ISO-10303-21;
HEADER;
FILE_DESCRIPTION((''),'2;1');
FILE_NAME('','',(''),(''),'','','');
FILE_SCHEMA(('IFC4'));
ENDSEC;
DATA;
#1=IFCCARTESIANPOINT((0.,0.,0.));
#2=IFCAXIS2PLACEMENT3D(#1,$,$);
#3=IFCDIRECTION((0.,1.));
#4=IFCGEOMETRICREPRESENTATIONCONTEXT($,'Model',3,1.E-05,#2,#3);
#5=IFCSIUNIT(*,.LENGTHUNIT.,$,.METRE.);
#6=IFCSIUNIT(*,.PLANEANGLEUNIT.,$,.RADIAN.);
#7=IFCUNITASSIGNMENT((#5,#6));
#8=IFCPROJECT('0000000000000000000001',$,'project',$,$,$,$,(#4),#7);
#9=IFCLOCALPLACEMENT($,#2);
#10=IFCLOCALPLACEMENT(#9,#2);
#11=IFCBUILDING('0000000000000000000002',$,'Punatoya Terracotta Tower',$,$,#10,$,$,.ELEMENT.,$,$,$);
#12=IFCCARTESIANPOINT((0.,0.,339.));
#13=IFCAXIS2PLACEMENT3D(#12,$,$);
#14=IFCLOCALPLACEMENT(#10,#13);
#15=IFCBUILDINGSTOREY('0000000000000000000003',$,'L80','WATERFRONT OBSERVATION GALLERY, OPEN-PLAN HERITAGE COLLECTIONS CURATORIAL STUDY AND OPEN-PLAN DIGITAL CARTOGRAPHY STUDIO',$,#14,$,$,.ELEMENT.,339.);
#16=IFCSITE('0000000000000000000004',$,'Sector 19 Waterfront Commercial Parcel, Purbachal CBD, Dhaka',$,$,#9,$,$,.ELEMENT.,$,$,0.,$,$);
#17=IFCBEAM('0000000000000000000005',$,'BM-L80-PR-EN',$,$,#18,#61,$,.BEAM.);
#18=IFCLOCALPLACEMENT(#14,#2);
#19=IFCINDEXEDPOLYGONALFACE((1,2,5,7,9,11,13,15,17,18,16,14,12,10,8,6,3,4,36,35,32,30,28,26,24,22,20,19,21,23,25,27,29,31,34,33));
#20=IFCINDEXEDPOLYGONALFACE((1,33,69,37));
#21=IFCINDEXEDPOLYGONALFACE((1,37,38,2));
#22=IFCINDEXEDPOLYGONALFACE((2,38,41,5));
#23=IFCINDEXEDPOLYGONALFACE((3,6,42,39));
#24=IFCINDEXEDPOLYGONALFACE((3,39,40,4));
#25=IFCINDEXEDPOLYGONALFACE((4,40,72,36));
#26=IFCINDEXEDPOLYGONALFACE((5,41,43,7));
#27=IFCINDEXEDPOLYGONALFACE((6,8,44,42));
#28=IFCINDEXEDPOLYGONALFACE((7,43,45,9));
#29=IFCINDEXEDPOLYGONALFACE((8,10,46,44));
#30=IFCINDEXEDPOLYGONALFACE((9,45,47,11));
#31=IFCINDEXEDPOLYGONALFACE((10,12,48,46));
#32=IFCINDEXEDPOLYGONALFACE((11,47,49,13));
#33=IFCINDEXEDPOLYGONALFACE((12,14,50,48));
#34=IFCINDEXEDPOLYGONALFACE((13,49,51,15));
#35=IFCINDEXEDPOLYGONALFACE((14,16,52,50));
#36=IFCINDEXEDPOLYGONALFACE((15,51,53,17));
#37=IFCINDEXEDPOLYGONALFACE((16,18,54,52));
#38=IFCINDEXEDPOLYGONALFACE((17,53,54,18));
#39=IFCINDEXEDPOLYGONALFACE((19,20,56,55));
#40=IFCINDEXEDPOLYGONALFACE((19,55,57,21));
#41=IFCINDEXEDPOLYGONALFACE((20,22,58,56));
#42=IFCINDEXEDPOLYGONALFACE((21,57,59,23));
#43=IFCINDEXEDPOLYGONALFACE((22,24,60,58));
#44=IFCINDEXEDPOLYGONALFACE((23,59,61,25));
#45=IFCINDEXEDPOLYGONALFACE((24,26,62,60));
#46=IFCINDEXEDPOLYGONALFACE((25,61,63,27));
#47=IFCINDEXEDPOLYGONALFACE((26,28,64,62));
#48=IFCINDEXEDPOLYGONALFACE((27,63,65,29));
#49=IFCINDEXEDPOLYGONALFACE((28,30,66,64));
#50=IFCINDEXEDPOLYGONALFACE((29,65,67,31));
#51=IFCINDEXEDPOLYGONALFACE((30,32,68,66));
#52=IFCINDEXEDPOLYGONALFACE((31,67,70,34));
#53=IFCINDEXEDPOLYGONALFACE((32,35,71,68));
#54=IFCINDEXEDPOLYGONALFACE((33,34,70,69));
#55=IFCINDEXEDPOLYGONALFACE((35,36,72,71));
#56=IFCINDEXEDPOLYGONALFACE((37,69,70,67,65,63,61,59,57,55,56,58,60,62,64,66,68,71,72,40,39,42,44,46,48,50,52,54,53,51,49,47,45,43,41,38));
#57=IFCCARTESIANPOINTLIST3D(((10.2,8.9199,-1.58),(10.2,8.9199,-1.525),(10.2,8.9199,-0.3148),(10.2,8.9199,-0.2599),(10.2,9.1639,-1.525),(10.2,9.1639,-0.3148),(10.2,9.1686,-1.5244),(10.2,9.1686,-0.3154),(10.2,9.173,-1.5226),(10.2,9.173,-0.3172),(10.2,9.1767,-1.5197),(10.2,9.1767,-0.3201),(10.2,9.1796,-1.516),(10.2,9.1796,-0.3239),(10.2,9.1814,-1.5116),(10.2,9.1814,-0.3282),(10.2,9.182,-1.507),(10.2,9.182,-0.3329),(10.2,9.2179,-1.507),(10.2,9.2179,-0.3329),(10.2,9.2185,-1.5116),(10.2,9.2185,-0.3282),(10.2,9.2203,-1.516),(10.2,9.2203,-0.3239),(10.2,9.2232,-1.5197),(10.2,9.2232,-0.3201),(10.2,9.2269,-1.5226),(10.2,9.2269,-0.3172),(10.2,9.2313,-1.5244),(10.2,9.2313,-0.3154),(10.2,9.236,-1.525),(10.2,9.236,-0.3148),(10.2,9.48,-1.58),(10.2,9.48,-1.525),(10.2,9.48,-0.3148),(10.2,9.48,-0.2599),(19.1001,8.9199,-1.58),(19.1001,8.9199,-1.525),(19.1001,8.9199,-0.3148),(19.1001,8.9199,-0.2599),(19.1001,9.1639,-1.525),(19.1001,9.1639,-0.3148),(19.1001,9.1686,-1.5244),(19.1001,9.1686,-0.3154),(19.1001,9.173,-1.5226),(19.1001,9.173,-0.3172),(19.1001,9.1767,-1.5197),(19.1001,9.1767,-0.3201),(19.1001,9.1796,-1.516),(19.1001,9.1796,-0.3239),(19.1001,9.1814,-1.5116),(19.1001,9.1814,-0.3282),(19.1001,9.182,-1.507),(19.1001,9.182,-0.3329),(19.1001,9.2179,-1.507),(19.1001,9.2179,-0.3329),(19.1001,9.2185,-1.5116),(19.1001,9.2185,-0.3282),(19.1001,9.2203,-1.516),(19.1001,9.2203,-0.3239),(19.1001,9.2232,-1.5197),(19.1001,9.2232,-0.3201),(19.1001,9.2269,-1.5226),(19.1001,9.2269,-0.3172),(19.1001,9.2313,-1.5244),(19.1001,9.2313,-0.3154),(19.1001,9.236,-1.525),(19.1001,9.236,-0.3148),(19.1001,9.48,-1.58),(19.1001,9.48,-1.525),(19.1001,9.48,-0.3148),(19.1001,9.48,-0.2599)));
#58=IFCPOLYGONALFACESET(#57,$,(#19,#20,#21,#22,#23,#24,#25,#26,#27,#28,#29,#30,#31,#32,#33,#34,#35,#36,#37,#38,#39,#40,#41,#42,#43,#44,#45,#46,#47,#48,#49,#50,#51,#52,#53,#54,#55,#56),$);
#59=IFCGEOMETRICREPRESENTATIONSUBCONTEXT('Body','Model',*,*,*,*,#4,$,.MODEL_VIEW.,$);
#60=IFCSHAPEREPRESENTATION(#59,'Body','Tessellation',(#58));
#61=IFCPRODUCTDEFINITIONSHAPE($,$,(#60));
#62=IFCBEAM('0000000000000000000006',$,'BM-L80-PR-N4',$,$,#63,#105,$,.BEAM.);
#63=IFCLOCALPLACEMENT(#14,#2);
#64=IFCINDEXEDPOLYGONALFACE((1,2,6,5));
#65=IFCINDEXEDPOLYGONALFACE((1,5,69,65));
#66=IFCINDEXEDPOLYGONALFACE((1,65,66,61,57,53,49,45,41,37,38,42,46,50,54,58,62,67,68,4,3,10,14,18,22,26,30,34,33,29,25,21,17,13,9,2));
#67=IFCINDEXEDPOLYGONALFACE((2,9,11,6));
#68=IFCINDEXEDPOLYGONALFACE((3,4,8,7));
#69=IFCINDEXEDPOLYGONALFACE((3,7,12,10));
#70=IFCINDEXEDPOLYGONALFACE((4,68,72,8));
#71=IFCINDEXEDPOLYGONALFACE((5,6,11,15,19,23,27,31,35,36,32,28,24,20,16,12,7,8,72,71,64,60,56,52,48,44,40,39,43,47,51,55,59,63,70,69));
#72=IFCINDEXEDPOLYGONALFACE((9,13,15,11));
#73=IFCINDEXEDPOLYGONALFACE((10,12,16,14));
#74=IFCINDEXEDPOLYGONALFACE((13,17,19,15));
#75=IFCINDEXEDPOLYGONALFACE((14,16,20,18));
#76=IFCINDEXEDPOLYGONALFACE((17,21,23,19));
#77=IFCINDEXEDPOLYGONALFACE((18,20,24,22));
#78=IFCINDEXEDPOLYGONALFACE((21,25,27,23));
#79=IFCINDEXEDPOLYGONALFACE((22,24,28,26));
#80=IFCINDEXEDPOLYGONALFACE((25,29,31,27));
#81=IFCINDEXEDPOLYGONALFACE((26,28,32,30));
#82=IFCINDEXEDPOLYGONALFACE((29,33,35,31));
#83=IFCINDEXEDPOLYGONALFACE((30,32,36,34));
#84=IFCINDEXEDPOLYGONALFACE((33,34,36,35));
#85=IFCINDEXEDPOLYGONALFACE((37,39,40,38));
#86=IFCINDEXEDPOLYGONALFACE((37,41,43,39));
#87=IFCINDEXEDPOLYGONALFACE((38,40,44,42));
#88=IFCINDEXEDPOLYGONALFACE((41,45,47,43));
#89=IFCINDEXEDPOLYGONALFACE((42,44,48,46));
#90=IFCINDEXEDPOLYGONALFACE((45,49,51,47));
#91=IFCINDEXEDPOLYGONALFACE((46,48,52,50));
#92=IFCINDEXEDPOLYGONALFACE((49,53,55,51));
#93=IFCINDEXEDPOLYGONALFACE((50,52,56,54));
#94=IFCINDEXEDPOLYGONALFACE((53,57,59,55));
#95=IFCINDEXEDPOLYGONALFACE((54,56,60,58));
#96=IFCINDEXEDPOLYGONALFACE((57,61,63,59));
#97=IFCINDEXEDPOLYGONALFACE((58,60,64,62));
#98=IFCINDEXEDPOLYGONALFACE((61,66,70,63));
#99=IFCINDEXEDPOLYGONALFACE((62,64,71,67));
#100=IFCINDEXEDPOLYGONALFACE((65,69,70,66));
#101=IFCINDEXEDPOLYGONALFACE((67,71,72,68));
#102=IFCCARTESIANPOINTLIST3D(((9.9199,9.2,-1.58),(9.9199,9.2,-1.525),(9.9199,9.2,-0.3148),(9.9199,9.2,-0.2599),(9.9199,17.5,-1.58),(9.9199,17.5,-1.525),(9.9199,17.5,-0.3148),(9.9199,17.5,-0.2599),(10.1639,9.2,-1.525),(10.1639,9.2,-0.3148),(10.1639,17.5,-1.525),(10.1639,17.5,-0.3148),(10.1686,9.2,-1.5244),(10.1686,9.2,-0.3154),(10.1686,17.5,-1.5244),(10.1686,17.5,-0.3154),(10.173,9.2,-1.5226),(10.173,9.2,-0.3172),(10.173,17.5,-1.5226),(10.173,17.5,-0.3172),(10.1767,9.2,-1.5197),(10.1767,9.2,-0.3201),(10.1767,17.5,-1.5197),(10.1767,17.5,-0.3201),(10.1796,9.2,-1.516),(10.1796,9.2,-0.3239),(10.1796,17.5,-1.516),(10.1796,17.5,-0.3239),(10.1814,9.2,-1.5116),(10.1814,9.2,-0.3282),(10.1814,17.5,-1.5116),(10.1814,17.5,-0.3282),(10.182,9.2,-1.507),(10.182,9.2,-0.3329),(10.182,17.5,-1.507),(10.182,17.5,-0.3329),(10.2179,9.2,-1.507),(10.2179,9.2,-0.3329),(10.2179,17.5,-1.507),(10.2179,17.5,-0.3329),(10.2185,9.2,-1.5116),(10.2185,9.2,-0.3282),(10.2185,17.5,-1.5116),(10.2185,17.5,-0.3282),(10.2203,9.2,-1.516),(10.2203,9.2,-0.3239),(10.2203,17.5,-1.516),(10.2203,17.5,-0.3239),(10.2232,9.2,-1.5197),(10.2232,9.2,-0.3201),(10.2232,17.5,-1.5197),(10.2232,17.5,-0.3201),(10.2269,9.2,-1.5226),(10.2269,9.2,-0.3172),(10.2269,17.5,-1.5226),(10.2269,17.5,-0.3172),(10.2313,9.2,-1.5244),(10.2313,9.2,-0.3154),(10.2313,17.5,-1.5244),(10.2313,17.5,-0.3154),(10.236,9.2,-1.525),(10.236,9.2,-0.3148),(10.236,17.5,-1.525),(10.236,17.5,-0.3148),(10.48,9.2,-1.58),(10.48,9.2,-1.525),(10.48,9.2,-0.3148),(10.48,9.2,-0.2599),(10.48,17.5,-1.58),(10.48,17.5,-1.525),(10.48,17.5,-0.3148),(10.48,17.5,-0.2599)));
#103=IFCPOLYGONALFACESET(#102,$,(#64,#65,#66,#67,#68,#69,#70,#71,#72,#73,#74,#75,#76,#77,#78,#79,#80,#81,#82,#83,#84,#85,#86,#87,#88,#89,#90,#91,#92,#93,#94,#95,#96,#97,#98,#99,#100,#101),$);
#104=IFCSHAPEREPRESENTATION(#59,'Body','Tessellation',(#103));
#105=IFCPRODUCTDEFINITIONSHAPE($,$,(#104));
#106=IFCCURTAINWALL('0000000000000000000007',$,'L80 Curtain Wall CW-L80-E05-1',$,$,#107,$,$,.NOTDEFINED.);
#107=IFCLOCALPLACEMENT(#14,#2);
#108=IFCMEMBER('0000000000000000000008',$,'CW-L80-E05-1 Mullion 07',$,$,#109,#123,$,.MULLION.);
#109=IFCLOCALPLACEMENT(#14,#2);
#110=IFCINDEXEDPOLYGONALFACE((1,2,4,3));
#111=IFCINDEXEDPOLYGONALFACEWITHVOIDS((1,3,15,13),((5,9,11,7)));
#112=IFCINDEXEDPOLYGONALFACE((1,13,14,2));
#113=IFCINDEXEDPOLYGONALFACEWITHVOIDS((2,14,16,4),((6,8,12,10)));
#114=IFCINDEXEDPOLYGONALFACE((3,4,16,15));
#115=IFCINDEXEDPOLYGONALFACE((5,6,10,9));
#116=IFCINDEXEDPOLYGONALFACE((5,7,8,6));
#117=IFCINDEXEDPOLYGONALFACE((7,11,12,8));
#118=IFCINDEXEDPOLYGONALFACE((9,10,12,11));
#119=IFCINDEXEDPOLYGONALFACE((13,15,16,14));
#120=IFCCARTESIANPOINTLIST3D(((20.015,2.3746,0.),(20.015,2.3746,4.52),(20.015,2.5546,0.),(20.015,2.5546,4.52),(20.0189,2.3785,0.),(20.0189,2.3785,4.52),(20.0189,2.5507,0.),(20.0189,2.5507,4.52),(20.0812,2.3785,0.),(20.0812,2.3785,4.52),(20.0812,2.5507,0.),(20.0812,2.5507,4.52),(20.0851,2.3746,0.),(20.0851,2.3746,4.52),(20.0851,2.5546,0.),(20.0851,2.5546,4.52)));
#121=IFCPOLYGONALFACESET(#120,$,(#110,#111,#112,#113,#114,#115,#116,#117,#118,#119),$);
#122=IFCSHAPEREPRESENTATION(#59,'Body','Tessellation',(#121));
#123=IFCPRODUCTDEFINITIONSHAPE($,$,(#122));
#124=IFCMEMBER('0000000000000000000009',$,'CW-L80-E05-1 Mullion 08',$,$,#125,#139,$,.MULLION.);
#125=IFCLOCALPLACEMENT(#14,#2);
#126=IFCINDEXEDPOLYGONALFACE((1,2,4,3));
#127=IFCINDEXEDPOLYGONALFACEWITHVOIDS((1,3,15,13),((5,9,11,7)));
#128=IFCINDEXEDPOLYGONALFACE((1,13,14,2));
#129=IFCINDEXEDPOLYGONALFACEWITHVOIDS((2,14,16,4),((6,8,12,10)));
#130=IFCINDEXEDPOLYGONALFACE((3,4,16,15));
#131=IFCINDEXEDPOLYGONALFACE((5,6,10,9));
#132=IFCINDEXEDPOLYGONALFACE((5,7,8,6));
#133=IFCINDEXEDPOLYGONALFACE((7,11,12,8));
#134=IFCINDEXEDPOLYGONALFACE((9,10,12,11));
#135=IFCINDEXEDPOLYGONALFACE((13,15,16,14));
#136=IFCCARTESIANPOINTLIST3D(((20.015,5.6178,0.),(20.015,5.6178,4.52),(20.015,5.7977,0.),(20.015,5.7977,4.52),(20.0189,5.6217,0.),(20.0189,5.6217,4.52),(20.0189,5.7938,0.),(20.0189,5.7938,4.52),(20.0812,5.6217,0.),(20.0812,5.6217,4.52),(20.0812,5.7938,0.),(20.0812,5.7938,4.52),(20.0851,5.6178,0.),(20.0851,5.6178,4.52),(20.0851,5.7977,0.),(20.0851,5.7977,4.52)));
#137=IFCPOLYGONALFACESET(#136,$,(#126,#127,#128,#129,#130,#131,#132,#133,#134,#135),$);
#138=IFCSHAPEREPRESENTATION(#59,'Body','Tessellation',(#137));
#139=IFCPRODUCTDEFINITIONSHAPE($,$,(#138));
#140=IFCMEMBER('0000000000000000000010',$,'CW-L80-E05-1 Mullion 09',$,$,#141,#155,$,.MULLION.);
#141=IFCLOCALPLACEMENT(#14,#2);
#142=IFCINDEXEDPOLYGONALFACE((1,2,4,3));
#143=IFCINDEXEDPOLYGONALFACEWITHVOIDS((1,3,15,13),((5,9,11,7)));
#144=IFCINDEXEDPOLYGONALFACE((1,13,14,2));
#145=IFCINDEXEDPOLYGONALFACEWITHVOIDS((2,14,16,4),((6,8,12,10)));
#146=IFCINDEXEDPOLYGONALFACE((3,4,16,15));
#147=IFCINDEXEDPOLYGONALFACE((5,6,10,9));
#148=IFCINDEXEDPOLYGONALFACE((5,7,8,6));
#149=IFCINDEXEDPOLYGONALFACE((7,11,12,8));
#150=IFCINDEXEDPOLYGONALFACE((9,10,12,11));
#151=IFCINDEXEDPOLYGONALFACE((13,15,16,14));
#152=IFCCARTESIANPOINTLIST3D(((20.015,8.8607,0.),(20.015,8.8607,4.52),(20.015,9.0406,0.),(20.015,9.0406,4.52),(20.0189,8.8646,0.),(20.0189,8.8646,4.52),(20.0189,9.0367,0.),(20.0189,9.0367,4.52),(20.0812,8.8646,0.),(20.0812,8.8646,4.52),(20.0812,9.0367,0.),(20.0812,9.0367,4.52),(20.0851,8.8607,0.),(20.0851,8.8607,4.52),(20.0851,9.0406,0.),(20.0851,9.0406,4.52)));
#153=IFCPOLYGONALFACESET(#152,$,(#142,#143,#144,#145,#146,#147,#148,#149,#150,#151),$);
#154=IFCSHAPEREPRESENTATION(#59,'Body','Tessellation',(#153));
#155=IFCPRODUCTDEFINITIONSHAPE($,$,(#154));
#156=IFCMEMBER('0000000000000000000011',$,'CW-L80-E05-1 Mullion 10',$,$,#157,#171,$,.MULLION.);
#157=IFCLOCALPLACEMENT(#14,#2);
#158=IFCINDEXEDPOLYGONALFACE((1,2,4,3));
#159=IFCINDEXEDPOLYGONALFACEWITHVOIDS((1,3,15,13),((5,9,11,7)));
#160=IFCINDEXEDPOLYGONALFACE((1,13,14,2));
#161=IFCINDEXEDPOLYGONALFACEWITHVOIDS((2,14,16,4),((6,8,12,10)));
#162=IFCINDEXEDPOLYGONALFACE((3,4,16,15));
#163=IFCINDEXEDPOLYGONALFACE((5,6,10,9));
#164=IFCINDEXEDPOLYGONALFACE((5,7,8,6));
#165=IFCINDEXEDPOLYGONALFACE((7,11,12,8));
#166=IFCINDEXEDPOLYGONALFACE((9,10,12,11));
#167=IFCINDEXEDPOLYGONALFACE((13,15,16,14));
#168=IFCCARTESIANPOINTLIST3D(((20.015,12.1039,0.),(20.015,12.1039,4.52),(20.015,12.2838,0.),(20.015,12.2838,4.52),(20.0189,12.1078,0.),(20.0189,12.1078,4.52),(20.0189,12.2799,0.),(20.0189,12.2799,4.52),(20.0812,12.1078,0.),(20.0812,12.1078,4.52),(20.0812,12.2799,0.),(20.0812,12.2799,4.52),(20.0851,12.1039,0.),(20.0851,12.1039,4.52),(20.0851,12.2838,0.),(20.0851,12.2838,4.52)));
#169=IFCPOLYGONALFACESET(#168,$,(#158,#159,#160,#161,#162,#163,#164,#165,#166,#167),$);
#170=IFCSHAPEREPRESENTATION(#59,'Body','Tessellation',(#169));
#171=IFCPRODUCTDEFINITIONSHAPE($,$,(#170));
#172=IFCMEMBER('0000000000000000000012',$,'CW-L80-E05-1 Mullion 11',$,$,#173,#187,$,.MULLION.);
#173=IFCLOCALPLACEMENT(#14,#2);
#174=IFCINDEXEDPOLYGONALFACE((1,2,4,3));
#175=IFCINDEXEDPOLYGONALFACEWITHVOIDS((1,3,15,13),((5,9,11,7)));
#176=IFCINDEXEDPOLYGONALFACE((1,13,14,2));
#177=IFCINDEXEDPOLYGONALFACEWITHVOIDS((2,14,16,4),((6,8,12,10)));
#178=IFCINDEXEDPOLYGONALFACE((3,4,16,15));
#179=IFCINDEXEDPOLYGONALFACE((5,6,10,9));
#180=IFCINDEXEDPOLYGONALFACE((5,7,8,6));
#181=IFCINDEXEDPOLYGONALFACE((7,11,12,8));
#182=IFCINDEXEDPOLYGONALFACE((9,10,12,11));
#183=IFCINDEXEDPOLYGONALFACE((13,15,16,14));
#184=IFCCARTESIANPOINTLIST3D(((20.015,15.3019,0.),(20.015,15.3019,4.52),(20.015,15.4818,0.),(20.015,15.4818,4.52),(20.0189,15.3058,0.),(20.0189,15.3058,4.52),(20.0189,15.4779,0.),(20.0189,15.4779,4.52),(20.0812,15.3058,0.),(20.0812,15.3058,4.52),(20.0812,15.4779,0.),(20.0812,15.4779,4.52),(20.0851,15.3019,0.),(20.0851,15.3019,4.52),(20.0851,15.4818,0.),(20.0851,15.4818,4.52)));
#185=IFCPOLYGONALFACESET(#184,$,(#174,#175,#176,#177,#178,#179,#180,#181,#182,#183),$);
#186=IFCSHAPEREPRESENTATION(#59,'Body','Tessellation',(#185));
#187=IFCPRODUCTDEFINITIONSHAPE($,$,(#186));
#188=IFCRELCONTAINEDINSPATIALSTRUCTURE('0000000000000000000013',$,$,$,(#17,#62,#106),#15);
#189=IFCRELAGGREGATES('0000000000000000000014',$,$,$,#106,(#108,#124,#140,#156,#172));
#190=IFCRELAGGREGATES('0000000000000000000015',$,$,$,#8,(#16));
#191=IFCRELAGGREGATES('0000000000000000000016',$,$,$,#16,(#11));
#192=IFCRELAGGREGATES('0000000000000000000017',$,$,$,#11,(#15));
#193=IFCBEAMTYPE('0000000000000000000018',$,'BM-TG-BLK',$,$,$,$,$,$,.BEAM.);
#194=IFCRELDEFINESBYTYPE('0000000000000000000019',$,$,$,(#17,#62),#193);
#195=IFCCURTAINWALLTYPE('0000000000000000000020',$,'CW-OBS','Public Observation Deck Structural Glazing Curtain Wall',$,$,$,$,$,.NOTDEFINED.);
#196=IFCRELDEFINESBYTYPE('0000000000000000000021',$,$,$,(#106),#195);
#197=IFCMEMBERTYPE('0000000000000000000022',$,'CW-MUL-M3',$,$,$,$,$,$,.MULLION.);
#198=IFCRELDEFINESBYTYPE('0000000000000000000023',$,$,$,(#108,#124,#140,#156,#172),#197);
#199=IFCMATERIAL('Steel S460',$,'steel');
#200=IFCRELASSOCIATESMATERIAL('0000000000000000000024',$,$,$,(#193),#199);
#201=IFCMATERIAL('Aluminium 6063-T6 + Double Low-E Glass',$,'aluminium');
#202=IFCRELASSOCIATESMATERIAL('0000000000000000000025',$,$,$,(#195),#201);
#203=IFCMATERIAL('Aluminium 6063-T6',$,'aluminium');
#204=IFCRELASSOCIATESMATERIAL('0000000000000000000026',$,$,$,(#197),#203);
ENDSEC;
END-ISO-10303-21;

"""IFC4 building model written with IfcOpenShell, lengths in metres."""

from ifc_helpers import new_model, si_unit, direction, frame, origin, origin_2d, place, context, subcontext, project, spatial, hollow_rectangle, i_section, extrude, material, material_profile, profile_set, type_object, element, aggregate, save


model = new_model("IFC4")

# Units and contexts
model_context = context("Model", 3, precision=1e-05, world=origin(), true_north=direction((0.0, 1.0)))
body_context = subcontext(model_context, "Body", "Model", "MODEL_VIEW")
ifc_project = project(units=[si_unit("LENGTHUNIT", "METRE"), si_unit("PLANEANGLEUNIT", "RADIAN")], contexts=[model_context])

# Site, building, storey
site_placement = place(None, origin())
site = spatial("IfcSite", under=ifc_project, at=site_placement, Name="Sector 19 Waterfront Commercial Parcel, Purbachal CBD, Dhaka", CompositionType="ELEMENT", RefElevation=0.0)
building_placement = place(site_placement, origin())
building = spatial("IfcBuilding", under=site, at=building_placement, Name="Punatoya Terracotta Tower", CompositionType="ELEMENT")
storey_placement = place(building_placement, frame((0.0, 0.0, 339.0)))
storey = spatial("IfcBuildingStorey", under=building, at=storey_placement, Name="L80", Description="WATERFRONT OBSERVATION GALLERY, OPEN-PLAN HERITAGE COLLECTIONS CURATORIAL STUDY AND OPEN-PLAN DIGITAL CARTOGRAPHY STUDIO", CompositionType="ELEMENT", Elevation=339.0)

# Shared definitions
ifc_material_1 = material(Name="Steel S460", Category="steel")

# Beams
ifc_material_profile_1 = material_profile(ifc_material_1, i_section(OverallWidth=0.5601, OverallDepth=1.3201, WebThickness=0.0359, FlangeThickness=0.0549, FilletRadius=0.0181, at=origin_2d()))
ifc_profile_set_1 = profile_set([ifc_material_profile_1], Name="Steel S460")
beam_type_1 = type_object("IfcBeamType", Name="BM-TG-BLK", PredefinedType="BEAM", material=ifc_profile_set_1)
beam_1_placement = place(storey_placement, frame((10.2, 9.2, -0.9199), z_axis=(1.0, 0.0, 0.0), x_axis=(0.0, 1.0, 0.0)))
element("IfcBeam", 1, at=beam_1_placement, inside=storey, type_object=beam_type_1, Name="BM-L80-PR-EN", PredefinedType="BEAM", context=body_context, shape_type="SweptSolid", body=[
    extrude(i_section(OverallWidth=0.5601, OverallDepth=1.3201, WebThickness=0.0359, FlangeThickness=0.0549, FilletRadius=0.0181, at=origin_2d()), origin(), (0.0, 0.0, 1.0), 8.9001),
])
beam_2_placement = place(storey_placement, frame((10.2, 9.2, -0.9199), z_axis=(0.0, 1.0, 0.0), x_axis=(-1.0, 0.0, 0.0)))
element("IfcBeam", 2, at=beam_2_placement, inside=storey, type_object=beam_type_1, Name="BM-L80-PR-N4", PredefinedType="BEAM", context=body_context, shape_type="SweptSolid", body=[
    extrude(i_section(OverallWidth=0.5601, OverallDepth=1.3201, WebThickness=0.0359, FlangeThickness=0.0549, FilletRadius=0.0181, at=origin_2d()), origin(), (0.0, 0.0, 1.0), 8.3),
])

# Curtain wall, members
ifc_material_2 = material(Name="Aluminium 6063-T6 + Double Low-E Glass", Category="aluminium")
curtain_wall_type = type_object("IfcCurtainWallType", Name="CW-OBS", Description="Public Observation Deck Structural Glazing Curtain Wall", PredefinedType="NOTDEFINED", material=ifc_material_2)
curtain_wall_1_placement = place(storey_placement, origin())
curtain_wall_1 = element("IfcCurtainWall", 3, at=curtain_wall_1_placement, inside=storey, type_object=curtain_wall_type, Name="L80 Curtain Wall CW-L80-E05-1", PredefinedType="NOTDEFINED")
ifc_material_3 = material(Name="Aluminium 6063-T6", Category="aluminium")
ifc_material_profile_2 = material_profile(ifc_material_3, hollow_rectangle(XDim=0.0701, YDim=0.1799, WallThickness=0.0039, at=origin_2d()))
ifc_profile_set_2 = profile_set([ifc_material_profile_2], Name="Aluminium 6063-T6")
member_type_1 = type_object("IfcMemberType", Name="CW-MUL-M3", PredefinedType="MULLION", material=ifc_profile_set_2)
member_1_placement = place(storey_placement, frame((20.05, 2.4646, 0.0), z_axis=(0.0, 0.0, 1.0), x_axis=(1.0, 0.0, 0.0)))
member_1 = element("IfcMember", 4, at=member_1_placement, type_object=member_type_1, Name="CW-L80-E05-1 Mullion 07", PredefinedType="MULLION", context=body_context, shape_type="SweptSolid", body=[
    extrude(hollow_rectangle(XDim=0.0701, YDim=0.1799, WallThickness=0.0039, at=origin_2d()), origin(), (0.0, 0.0, 1.0), 4.52),
])
member_2_placement = place(storey_placement, frame((20.05, 5.7078, 0.0), z_axis=(0.0, 0.0, 1.0), x_axis=(1.0, 0.0, 0.0)))
member_2 = element("IfcMember", 5, at=member_2_placement, type_object=member_type_1, Name="CW-L80-E05-1 Mullion 08", PredefinedType="MULLION", context=body_context, shape_type="SweptSolid", body=[
    extrude(hollow_rectangle(XDim=0.0701, YDim=0.1799, WallThickness=0.0039, at=origin_2d()), origin(), (0.0, 0.0, 1.0), 4.52),
])
member_3_placement = place(storey_placement, frame((20.05, 8.9507, 0.0), z_axis=(0.0, 0.0, 1.0), x_axis=(1.0, 0.0, 0.0)))
member_3 = element("IfcMember", 6, at=member_3_placement, type_object=member_type_1, Name="CW-L80-E05-1 Mullion 09", PredefinedType="MULLION", context=body_context, shape_type="SweptSolid", body=[
    extrude(hollow_rectangle(XDim=0.0701, YDim=0.1799, WallThickness=0.0039, at=origin_2d()), origin(), (0.0, 0.0, 1.0), 4.52),
])
member_4_placement = place(storey_placement, frame((20.05, 12.1938, 0.0), z_axis=(0.0, 0.0, 1.0), x_axis=(1.0, 0.0, 0.0)))
member_4 = element("IfcMember", 7, at=member_4_placement, type_object=member_type_1, Name="CW-L80-E05-1 Mullion 10", PredefinedType="MULLION", context=body_context, shape_type="SweptSolid", body=[
    extrude(hollow_rectangle(XDim=0.0701, YDim=0.1799, WallThickness=0.0039, at=origin_2d()), origin(), (0.0, 0.0, 1.0), 4.52),
])
member_5_placement = place(storey_placement, frame((20.05, 15.3918, 0.0), z_axis=(0.0, 0.0, 1.0), x_axis=(1.0, 0.0, 0.0)))
member_5 = element("IfcMember", 8, at=member_5_placement, type_object=member_type_1, Name="CW-L80-E05-1 Mullion 11", PredefinedType="MULLION", context=body_context, shape_type="SweptSolid", body=[
    extrude(hollow_rectangle(XDim=0.0701, YDim=0.1799, WallThickness=0.0039, at=origin_2d()), origin(), (0.0, 0.0, 1.0), 4.52),
])

aggregate(curtain_wall_1, [member_1, member_2, member_3, member_4, member_5])

save(model, "model.ifc")
